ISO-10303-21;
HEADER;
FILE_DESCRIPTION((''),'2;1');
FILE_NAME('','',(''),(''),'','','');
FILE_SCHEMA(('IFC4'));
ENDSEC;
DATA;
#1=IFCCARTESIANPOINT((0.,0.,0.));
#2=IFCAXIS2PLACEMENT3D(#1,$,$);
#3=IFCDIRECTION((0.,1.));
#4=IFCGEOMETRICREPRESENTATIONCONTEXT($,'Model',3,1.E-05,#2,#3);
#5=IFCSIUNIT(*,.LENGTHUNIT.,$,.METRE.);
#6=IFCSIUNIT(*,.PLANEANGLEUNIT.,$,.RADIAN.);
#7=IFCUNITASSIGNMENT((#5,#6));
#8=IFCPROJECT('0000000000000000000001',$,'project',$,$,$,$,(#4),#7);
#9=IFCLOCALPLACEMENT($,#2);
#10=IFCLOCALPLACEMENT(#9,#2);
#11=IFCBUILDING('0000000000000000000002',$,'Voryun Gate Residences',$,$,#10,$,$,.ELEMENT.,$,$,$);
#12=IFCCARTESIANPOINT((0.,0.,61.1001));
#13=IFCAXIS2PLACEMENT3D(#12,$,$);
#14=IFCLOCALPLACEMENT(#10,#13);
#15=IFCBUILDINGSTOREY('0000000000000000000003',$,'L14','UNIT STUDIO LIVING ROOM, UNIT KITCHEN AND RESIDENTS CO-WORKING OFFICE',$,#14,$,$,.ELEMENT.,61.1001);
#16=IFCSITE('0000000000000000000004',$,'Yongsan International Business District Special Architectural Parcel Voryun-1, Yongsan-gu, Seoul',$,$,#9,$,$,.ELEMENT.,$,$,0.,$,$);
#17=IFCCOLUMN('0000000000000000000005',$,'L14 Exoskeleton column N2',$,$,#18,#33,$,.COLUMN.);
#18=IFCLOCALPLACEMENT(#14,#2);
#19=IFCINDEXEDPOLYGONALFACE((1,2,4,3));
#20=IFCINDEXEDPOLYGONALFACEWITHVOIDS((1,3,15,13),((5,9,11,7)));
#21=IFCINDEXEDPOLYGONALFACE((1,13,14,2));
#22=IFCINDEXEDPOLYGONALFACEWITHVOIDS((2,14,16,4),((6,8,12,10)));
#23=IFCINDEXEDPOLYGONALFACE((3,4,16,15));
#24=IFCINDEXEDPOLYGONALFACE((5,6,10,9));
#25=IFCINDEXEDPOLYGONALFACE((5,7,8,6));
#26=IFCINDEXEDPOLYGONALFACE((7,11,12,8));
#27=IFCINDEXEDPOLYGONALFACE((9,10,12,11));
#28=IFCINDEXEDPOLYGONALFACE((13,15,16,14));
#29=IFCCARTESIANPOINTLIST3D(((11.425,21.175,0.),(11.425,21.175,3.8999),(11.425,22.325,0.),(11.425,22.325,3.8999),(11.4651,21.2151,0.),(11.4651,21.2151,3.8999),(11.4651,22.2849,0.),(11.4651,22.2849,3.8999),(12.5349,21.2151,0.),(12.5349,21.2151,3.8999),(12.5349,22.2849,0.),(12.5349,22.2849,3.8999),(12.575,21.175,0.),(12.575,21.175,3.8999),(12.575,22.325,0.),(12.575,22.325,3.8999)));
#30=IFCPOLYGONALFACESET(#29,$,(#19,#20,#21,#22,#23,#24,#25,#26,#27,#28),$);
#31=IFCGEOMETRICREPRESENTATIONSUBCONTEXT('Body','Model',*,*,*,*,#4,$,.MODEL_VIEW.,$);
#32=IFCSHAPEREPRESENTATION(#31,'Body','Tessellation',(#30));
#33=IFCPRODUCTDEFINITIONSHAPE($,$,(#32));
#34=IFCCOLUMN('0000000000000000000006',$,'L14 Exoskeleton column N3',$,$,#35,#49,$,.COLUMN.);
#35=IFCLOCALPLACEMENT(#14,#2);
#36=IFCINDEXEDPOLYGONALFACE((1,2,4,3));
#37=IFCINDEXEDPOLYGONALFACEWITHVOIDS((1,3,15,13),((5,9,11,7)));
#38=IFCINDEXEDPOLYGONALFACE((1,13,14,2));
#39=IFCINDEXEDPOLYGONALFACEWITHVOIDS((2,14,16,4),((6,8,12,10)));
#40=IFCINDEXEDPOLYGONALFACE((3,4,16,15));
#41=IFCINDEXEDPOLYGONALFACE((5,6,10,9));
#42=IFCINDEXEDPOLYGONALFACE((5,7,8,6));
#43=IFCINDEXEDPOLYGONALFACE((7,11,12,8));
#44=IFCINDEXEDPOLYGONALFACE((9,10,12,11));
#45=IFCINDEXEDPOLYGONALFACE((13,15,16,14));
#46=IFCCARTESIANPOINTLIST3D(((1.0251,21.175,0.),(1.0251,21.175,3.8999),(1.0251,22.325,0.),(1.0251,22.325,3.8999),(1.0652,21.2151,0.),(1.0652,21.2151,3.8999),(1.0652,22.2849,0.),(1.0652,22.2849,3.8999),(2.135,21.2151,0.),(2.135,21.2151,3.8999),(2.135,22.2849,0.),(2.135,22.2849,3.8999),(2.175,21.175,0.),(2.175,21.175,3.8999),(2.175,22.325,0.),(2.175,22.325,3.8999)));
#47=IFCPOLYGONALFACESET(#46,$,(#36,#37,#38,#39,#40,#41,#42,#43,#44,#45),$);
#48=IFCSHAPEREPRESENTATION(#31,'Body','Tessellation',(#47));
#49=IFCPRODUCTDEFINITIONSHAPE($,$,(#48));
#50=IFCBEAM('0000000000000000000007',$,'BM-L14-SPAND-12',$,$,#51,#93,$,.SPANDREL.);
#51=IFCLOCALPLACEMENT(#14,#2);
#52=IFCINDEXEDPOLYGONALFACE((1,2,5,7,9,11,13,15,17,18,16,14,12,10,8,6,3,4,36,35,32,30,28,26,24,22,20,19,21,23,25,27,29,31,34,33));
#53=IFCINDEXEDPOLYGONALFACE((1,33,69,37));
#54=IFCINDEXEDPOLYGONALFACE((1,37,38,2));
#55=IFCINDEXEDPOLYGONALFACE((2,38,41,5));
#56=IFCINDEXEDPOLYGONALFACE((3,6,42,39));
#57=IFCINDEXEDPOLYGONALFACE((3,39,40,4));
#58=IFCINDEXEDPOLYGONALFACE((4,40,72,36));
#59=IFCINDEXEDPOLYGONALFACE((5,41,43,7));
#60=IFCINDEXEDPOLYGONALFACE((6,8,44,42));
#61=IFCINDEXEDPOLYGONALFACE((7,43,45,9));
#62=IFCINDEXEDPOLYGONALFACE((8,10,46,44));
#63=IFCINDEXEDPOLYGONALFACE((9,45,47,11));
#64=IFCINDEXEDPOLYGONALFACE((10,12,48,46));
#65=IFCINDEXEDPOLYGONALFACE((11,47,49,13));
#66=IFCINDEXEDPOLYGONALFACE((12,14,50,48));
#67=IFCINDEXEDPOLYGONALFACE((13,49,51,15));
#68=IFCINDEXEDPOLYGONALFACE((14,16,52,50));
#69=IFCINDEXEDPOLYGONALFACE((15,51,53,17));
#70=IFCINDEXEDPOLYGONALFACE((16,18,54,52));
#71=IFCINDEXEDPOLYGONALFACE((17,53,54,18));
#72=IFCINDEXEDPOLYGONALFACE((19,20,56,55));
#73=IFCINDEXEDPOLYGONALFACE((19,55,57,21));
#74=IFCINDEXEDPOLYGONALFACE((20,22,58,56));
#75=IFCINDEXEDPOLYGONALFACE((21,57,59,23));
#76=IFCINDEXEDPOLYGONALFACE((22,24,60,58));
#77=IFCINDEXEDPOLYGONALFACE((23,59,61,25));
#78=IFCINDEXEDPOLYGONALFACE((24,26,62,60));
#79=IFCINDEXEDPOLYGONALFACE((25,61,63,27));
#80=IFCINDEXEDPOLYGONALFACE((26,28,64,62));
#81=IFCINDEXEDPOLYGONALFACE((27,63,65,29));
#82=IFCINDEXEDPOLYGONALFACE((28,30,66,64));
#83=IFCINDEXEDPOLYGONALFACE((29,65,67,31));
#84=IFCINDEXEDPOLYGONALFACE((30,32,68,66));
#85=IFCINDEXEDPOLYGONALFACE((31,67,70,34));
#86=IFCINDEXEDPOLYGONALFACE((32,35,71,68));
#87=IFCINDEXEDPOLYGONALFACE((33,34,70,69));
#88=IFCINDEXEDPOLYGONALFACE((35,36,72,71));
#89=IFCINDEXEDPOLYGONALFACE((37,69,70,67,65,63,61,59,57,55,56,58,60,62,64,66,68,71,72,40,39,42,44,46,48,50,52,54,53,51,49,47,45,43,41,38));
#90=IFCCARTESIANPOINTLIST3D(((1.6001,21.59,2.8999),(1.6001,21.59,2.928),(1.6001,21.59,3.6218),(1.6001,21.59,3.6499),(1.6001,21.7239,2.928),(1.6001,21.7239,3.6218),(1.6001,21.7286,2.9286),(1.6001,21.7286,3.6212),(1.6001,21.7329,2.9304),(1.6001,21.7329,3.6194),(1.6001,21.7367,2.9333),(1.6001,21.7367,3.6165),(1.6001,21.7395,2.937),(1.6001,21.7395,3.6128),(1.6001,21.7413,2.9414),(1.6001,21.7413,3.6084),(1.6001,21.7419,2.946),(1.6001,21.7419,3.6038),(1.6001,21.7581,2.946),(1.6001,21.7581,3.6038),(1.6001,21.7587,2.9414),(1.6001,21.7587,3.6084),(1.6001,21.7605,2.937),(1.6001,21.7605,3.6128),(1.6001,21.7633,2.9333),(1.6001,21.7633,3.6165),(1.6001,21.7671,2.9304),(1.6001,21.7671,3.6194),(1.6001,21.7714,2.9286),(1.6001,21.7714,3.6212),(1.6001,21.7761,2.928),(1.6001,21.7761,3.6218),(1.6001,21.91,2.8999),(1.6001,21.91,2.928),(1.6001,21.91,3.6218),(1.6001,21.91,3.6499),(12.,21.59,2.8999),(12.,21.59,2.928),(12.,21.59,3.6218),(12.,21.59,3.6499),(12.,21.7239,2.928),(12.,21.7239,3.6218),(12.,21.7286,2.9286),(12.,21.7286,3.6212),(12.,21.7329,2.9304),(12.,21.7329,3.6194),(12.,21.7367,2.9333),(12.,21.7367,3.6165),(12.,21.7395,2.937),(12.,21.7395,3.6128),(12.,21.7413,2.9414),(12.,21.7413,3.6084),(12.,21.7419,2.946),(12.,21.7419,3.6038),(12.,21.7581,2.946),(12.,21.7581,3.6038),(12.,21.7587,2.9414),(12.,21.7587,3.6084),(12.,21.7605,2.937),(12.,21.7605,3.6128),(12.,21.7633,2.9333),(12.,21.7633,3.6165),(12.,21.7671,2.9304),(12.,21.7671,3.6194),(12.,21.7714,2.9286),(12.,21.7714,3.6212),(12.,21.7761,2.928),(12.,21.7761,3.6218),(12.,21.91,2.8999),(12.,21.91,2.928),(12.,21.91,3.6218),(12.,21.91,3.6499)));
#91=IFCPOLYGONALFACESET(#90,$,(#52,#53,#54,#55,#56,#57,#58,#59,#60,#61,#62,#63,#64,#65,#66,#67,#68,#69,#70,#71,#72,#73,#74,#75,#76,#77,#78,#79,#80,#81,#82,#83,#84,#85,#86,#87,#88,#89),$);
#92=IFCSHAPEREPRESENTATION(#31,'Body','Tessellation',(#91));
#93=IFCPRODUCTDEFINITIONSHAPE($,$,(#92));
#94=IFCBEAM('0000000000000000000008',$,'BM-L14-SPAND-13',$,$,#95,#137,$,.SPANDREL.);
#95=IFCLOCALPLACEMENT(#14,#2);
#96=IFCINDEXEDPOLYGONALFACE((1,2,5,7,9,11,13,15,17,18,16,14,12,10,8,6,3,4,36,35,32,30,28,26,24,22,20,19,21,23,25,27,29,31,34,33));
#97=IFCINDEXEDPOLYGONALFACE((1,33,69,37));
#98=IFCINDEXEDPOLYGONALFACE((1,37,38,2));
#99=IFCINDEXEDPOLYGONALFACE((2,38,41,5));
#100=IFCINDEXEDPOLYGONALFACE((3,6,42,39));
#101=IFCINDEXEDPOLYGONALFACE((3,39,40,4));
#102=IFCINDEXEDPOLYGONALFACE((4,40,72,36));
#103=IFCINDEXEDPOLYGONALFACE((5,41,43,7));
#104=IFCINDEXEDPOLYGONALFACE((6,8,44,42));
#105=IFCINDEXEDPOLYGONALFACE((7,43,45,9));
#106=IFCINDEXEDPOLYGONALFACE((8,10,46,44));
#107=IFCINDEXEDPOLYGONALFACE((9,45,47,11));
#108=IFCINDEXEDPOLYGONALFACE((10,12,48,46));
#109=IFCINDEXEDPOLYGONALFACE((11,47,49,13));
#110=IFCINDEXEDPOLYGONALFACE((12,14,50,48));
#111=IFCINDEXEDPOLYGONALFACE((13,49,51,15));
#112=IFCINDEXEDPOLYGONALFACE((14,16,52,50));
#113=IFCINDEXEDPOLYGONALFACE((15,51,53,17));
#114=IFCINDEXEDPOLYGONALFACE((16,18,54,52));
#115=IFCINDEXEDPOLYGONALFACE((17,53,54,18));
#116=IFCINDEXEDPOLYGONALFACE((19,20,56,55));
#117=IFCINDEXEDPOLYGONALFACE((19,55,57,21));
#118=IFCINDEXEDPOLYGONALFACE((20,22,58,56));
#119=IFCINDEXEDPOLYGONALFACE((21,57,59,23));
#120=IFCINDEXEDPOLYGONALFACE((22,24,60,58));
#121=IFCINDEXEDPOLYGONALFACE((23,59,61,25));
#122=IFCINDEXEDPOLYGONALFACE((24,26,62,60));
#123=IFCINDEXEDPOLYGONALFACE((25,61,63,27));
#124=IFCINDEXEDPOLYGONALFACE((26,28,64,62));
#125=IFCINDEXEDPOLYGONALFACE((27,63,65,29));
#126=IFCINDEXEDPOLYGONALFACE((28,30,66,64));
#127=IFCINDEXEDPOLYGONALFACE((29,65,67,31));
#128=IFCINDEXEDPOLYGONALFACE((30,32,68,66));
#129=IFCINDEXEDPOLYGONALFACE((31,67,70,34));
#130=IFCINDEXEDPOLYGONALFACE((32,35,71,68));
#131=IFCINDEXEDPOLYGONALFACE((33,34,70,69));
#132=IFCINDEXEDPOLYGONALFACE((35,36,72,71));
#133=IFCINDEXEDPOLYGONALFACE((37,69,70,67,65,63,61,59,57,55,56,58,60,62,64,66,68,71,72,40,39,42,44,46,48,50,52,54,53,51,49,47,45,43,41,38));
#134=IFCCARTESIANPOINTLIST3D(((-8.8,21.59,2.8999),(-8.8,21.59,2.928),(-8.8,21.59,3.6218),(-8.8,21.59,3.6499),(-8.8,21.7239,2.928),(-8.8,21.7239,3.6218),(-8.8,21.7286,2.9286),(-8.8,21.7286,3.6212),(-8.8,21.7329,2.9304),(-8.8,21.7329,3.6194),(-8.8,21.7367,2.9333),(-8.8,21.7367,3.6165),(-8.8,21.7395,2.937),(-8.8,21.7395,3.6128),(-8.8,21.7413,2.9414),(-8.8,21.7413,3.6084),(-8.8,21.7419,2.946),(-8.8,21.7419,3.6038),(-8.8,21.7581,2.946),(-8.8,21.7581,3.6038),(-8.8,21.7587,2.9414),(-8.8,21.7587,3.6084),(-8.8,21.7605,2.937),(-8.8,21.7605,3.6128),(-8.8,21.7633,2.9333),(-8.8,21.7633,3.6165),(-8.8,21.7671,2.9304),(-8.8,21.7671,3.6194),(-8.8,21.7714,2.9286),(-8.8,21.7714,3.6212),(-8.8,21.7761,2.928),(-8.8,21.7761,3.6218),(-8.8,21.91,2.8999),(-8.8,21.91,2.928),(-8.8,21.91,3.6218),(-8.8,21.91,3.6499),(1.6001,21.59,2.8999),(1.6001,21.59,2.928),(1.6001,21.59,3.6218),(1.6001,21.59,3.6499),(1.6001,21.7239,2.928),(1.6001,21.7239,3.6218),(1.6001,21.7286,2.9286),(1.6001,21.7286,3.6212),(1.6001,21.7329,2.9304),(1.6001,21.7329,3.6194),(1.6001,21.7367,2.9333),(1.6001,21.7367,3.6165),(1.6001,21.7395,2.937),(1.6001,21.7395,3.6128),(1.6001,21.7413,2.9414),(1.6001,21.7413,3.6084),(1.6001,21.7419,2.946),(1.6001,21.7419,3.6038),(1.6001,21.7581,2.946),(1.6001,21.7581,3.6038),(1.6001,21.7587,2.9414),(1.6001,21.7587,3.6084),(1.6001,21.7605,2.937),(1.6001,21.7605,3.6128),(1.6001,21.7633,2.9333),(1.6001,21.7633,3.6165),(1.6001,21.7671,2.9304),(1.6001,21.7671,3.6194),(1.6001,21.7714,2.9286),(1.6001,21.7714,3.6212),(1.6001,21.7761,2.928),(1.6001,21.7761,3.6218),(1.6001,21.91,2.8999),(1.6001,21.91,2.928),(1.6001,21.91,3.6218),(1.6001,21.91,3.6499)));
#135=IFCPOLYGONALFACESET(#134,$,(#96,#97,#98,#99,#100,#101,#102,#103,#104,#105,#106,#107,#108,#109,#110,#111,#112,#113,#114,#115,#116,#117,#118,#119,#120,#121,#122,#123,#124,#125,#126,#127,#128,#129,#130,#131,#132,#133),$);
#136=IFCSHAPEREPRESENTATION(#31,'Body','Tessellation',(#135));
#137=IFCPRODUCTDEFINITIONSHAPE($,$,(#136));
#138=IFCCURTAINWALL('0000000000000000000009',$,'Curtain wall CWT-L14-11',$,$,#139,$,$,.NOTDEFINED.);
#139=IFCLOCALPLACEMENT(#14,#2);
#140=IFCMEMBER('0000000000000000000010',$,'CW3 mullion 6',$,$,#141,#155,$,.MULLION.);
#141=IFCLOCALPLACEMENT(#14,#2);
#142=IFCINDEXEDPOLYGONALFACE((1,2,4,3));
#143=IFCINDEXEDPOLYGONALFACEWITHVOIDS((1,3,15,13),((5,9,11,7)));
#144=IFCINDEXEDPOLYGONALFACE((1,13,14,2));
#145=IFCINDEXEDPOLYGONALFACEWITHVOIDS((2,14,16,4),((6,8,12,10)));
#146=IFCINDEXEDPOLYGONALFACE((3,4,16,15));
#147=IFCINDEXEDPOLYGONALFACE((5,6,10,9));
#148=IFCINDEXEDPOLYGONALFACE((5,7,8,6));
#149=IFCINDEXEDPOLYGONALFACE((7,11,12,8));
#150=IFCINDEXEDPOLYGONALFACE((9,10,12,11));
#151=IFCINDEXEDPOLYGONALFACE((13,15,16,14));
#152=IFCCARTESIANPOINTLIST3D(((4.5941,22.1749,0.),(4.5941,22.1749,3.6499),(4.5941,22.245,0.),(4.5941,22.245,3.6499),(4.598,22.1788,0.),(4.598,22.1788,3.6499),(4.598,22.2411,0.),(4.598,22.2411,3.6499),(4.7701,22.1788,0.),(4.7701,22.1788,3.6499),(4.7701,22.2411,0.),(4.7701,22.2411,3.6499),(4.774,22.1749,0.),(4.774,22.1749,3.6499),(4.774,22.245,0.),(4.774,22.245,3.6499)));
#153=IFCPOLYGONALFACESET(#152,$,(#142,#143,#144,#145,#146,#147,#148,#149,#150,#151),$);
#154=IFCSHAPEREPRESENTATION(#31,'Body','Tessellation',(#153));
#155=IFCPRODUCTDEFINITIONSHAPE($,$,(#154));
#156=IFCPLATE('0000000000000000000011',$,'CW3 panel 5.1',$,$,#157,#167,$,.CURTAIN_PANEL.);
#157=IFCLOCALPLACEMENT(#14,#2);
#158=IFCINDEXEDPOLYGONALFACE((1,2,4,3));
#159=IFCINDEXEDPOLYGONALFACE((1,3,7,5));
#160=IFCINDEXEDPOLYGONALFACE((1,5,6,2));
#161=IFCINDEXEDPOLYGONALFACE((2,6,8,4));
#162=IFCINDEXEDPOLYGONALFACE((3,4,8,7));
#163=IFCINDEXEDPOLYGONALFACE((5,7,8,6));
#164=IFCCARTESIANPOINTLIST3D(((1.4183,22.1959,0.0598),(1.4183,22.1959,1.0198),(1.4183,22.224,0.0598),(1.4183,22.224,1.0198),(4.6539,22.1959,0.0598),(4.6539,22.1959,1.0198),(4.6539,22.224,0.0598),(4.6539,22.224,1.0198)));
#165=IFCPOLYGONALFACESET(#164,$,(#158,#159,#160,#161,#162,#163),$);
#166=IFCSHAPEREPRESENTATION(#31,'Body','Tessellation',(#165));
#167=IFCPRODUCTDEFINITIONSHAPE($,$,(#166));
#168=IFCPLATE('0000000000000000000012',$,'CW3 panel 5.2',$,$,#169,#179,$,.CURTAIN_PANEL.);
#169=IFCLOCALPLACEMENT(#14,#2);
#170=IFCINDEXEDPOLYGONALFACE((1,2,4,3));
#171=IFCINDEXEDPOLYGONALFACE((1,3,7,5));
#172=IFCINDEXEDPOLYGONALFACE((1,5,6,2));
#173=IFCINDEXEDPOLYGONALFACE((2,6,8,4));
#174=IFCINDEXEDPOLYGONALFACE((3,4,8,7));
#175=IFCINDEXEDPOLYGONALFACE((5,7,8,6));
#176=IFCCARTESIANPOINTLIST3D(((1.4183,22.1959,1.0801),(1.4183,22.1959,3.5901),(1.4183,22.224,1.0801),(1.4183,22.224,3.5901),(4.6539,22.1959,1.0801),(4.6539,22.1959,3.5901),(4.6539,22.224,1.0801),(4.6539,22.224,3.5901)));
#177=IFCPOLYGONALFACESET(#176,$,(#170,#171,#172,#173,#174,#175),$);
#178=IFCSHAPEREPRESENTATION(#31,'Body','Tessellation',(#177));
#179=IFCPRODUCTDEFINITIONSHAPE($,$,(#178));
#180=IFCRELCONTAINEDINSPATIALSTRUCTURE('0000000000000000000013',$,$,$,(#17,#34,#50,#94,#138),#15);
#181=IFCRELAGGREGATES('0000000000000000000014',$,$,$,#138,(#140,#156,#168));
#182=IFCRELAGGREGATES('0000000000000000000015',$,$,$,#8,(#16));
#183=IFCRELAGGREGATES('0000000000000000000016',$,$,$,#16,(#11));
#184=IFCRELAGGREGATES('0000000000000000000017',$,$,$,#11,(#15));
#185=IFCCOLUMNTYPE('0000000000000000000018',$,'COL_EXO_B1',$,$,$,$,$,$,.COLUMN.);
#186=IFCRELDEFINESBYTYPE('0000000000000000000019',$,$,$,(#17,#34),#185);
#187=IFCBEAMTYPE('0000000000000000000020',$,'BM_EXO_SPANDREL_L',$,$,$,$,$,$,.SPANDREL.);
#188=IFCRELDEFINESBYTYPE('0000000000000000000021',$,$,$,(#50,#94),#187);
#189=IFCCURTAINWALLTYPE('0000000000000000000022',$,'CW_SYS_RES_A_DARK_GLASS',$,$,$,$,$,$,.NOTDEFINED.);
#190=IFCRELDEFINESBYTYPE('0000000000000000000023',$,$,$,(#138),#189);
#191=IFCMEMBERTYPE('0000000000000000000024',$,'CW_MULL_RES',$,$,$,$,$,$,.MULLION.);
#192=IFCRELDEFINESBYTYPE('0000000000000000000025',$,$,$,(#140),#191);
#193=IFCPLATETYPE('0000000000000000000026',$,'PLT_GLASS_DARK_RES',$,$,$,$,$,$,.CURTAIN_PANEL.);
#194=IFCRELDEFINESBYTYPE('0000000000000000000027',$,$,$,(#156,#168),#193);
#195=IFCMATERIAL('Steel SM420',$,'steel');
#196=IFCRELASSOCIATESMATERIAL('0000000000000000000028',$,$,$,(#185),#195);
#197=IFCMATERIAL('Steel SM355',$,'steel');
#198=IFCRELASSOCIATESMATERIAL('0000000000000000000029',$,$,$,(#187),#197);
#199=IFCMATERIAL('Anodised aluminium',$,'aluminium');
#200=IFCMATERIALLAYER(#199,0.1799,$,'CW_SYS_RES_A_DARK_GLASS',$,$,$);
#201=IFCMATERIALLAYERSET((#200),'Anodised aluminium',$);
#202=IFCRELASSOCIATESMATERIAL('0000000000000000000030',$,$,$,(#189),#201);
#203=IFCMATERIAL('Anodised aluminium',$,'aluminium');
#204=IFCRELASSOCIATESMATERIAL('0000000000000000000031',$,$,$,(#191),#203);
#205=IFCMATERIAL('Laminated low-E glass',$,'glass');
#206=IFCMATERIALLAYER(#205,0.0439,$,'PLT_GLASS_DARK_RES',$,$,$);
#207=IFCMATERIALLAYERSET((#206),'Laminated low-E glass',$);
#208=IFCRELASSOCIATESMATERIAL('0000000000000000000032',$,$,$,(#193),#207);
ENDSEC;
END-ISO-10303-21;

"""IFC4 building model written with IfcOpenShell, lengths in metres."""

from ifc_helpers import new_model, si_unit, direction, frame, origin, origin_2d, place, context, subcontext, project, spatial, rectangle, hollow_rectangle, i_section, extrude, material, layer, layer_set, material_profile, profile_set, type_object, element, aggregate, save


model = new_model("IFC4")

# Units and contexts
model_context = context("Model", 3, precision=1e-05, world=origin(), true_north=direction((0.0, 1.0)))
body_context = subcontext(model_context, "Body", "Model", "MODEL_VIEW")
ifc_project = project(units=[si_unit("LENGTHUNIT", "METRE"), si_unit("PLANEANGLEUNIT", "RADIAN")], contexts=[model_context])

# Site, building, storey
site_placement = place(None, origin())
site = spatial("IfcSite", under=ifc_project, at=site_placement, Name="Yongsan International Business District Special Architectural Parcel Voryun-1, Yongsan-gu, Seoul", CompositionType="ELEMENT", RefElevation=0.0)
building_placement = place(site_placement, origin())
building = spatial("IfcBuilding", under=site, at=building_placement, Name="Voryun Gate Residences", CompositionType="ELEMENT")
storey_placement = place(building_placement, frame((0.0, 0.0, 61.1001)))
storey = spatial("IfcBuildingStorey", under=building, at=storey_placement, Name="L14", Description="UNIT STUDIO LIVING ROOM, UNIT KITCHEN AND RESIDENTS CO-WORKING OFFICE", CompositionType="ELEMENT", Elevation=61.1001)

# Columns
ifc_material_1 = material(Name="Steel SM420", Category="steel")
ifc_material_profile_1 = material_profile(ifc_material_1, hollow_rectangle(XDim=1.1499, YDim=1.1499, WallThickness=0.04, at=origin_2d()), Name="BOX-1150x1150x40")
ifc_profile_set_1 = profile_set([ifc_material_profile_1], Name="Steel SM420")
column_type = type_object("IfcColumnType", Name="COL_EXO_B1", PredefinedType="COLUMN", material=ifc_profile_set_1)
for number, where, z_axis, x_axis, name in (
    (1, (12.0, 21.75, 0.0), (0.0, 0.0, 1.0), (1.0, 0.0, 0.0), "L14 Exoskeleton column N2"),
    (2, (1.6001, 21.75, 0.0), (0.0, 0.0, 1.0), (1.0, 0.0, 0.0), "L14 Exoskeleton column N3"),
):
    element("IfcColumn", number, at=place(storey_placement, frame(where, z_axis=z_axis, x_axis=x_axis)), inside=storey, type_object=column_type, Name=name, PredefinedType="COLUMN", context=body_context, shape_type="SweptSolid", body=[
        extrude(hollow_rectangle(XDim=1.1499, YDim=1.1499, WallThickness=0.04, at=origin_2d()), origin(), (0.0, 0.0, 1.0), 3.8999),
    ])

# Beams
ifc_material_2 = material(Name="Steel SM355", Category="steel")
ifc_material_profile_2 = material_profile(ifc_material_2, i_section(OverallWidth=0.3201, OverallDepth=0.75, WebThickness=0.0161, FlangeThickness=0.0281, FilletRadius=0.0181, at=origin_2d()), Name="H-750x320x16x28")
ifc_profile_set_2 = profile_set([ifc_material_profile_2], Name="Steel SM355")
beam_type = type_object("IfcBeamType", Name="BM_EXO_SPANDREL_L", PredefinedType="SPANDREL", material=ifc_profile_set_2)
beam_1_placement = place(storey_placement, frame((12.0, 21.75, 3.2749), z_axis=(-1.0, 0.0, 0.0), x_axis=(0.0, -1.0, 0.0)))
element("IfcBeam", 3, at=beam_1_placement, inside=storey, type_object=beam_type, Name="BM-L14-SPAND-12", PredefinedType="SPANDREL", context=body_context, shape_type="SweptSolid", body=[
    extrude(i_section(OverallWidth=0.3201, OverallDepth=0.75, WebThickness=0.0161, FlangeThickness=0.0281, FilletRadius=0.0181, at=origin_2d()), origin(), (0.0, 0.0, 1.0), 10.3999),
])
beam_2_placement = place(storey_placement, frame((1.6001, 21.75, 3.2749), z_axis=(-1.0, 0.0, 0.0), x_axis=(0.0, -1.0, 0.0)))
element("IfcBeam", 4, at=beam_2_placement, inside=storey, type_object=beam_type, Name="BM-L14-SPAND-13", PredefinedType="SPANDREL", context=body_context, shape_type="SweptSolid", body=[
    extrude(i_section(OverallWidth=0.3201, OverallDepth=0.75, WebThickness=0.0161, FlangeThickness=0.0281, FilletRadius=0.0181, at=origin_2d()), origin(), (0.0, 0.0, 1.0), 10.4001),
])

# Curtain wall, member, plates
ifc_material_3 = material(Name="Anodised aluminium", Category="aluminium")
ifc_layer_1 = layer(ifc_material_3, 0.1799, Name="CW_SYS_RES_A_DARK_GLASS")
ifc_layer_set_1 = layer_set([ifc_layer_1], Name="Anodised aluminium")
curtain_wall_type = type_object("IfcCurtainWallType", Name="CW_SYS_RES_A_DARK_GLASS", PredefinedType="NOTDEFINED", material=ifc_layer_set_1)
curtain_wall_placement = place(storey_placement, origin())
curtain_wall = element("IfcCurtainWall", 5, at=curtain_wall_placement, inside=storey, type_object=curtain_wall_type, Name="Curtain wall CWT-L14-11", PredefinedType="NOTDEFINED")
ifc_material_4 = material(Name="Anodised aluminium", Category="aluminium")
ifc_material_profile_3 = material_profile(ifc_material_4, hollow_rectangle(XDim=0.0701, YDim=0.1799, WallThickness=0.0039, at=origin_2d()), Name="ALU-MULL-180x70x4")
ifc_profile_set_3 = profile_set([ifc_material_profile_3], Name="Anodised aluminium")
member_type = type_object("IfcMemberType", Name="CW_MULL_RES", PredefinedType="MULLION", material=ifc_profile_set_3)
member_placement = place(storey_placement, frame((4.6841, 22.21, 0.0), z_axis=(0.0, 0.0, 1.0), x_axis=(0.0, 1.0, 0.0)))
member = element("IfcMember", 6, at=member_placement, type_object=member_type, Name="CW3 mullion 6", PredefinedType="MULLION", context=body_context, shape_type="SweptSolid", body=[
    extrude(hollow_rectangle(XDim=0.0701, YDim=0.1799, WallThickness=0.0039, at=origin_2d()), origin(), (0.0, 0.0, 1.0), 3.6499),
])
ifc_material_5 = material(Name="Laminated low-E glass", Category="glass")
ifc_layer_2 = layer(ifc_material_5, 0.0439, Name="PLT_GLASS_DARK_RES")
ifc_layer_set_2 = layer_set([ifc_layer_2], Name="Laminated low-E glass")
plate_type = type_object("IfcPlateType", Name="PLT_GLASS_DARK_RES", PredefinedType="CURTAIN_PANEL", material=ifc_layer_set_2)
plate_1_placement = place(storey_placement, frame((3.0361, 22.21, 0.0598), z_axis=(0.0, 0.0, 1.0), x_axis=(1.0, 0.0, 0.0)))
plate_1 = element("IfcPlate", 7, at=plate_1_placement, type_object=plate_type, Name="CW3 panel 5.1", PredefinedType="CURTAIN_PANEL", context=body_context, shape_type="SweptSolid", body=[
    extrude(rectangle(XDim=3.2356, YDim=0.0281, at=origin_2d()), origin(), (0.0, 0.0, 1.0), 0.96),
])
plate_2_placement = place(storey_placement, frame((3.0361, 22.21, 1.0801), z_axis=(0.0, 0.0, 1.0), x_axis=(1.0, 0.0, 0.0)))
plate_2 = element("IfcPlate", 8, at=plate_2_placement, type_object=plate_type, Name="CW3 panel 5.2", PredefinedType="CURTAIN_PANEL", context=body_context, shape_type="SweptSolid", body=[
    extrude(rectangle(XDim=3.2356, YDim=0.0281, at=origin_2d()), origin(), (0.0, 0.0, 1.0), 2.51),
])
aggregate(curtain_wall, [member, plate_1, plate_2])

save(model, "model.ifc")
